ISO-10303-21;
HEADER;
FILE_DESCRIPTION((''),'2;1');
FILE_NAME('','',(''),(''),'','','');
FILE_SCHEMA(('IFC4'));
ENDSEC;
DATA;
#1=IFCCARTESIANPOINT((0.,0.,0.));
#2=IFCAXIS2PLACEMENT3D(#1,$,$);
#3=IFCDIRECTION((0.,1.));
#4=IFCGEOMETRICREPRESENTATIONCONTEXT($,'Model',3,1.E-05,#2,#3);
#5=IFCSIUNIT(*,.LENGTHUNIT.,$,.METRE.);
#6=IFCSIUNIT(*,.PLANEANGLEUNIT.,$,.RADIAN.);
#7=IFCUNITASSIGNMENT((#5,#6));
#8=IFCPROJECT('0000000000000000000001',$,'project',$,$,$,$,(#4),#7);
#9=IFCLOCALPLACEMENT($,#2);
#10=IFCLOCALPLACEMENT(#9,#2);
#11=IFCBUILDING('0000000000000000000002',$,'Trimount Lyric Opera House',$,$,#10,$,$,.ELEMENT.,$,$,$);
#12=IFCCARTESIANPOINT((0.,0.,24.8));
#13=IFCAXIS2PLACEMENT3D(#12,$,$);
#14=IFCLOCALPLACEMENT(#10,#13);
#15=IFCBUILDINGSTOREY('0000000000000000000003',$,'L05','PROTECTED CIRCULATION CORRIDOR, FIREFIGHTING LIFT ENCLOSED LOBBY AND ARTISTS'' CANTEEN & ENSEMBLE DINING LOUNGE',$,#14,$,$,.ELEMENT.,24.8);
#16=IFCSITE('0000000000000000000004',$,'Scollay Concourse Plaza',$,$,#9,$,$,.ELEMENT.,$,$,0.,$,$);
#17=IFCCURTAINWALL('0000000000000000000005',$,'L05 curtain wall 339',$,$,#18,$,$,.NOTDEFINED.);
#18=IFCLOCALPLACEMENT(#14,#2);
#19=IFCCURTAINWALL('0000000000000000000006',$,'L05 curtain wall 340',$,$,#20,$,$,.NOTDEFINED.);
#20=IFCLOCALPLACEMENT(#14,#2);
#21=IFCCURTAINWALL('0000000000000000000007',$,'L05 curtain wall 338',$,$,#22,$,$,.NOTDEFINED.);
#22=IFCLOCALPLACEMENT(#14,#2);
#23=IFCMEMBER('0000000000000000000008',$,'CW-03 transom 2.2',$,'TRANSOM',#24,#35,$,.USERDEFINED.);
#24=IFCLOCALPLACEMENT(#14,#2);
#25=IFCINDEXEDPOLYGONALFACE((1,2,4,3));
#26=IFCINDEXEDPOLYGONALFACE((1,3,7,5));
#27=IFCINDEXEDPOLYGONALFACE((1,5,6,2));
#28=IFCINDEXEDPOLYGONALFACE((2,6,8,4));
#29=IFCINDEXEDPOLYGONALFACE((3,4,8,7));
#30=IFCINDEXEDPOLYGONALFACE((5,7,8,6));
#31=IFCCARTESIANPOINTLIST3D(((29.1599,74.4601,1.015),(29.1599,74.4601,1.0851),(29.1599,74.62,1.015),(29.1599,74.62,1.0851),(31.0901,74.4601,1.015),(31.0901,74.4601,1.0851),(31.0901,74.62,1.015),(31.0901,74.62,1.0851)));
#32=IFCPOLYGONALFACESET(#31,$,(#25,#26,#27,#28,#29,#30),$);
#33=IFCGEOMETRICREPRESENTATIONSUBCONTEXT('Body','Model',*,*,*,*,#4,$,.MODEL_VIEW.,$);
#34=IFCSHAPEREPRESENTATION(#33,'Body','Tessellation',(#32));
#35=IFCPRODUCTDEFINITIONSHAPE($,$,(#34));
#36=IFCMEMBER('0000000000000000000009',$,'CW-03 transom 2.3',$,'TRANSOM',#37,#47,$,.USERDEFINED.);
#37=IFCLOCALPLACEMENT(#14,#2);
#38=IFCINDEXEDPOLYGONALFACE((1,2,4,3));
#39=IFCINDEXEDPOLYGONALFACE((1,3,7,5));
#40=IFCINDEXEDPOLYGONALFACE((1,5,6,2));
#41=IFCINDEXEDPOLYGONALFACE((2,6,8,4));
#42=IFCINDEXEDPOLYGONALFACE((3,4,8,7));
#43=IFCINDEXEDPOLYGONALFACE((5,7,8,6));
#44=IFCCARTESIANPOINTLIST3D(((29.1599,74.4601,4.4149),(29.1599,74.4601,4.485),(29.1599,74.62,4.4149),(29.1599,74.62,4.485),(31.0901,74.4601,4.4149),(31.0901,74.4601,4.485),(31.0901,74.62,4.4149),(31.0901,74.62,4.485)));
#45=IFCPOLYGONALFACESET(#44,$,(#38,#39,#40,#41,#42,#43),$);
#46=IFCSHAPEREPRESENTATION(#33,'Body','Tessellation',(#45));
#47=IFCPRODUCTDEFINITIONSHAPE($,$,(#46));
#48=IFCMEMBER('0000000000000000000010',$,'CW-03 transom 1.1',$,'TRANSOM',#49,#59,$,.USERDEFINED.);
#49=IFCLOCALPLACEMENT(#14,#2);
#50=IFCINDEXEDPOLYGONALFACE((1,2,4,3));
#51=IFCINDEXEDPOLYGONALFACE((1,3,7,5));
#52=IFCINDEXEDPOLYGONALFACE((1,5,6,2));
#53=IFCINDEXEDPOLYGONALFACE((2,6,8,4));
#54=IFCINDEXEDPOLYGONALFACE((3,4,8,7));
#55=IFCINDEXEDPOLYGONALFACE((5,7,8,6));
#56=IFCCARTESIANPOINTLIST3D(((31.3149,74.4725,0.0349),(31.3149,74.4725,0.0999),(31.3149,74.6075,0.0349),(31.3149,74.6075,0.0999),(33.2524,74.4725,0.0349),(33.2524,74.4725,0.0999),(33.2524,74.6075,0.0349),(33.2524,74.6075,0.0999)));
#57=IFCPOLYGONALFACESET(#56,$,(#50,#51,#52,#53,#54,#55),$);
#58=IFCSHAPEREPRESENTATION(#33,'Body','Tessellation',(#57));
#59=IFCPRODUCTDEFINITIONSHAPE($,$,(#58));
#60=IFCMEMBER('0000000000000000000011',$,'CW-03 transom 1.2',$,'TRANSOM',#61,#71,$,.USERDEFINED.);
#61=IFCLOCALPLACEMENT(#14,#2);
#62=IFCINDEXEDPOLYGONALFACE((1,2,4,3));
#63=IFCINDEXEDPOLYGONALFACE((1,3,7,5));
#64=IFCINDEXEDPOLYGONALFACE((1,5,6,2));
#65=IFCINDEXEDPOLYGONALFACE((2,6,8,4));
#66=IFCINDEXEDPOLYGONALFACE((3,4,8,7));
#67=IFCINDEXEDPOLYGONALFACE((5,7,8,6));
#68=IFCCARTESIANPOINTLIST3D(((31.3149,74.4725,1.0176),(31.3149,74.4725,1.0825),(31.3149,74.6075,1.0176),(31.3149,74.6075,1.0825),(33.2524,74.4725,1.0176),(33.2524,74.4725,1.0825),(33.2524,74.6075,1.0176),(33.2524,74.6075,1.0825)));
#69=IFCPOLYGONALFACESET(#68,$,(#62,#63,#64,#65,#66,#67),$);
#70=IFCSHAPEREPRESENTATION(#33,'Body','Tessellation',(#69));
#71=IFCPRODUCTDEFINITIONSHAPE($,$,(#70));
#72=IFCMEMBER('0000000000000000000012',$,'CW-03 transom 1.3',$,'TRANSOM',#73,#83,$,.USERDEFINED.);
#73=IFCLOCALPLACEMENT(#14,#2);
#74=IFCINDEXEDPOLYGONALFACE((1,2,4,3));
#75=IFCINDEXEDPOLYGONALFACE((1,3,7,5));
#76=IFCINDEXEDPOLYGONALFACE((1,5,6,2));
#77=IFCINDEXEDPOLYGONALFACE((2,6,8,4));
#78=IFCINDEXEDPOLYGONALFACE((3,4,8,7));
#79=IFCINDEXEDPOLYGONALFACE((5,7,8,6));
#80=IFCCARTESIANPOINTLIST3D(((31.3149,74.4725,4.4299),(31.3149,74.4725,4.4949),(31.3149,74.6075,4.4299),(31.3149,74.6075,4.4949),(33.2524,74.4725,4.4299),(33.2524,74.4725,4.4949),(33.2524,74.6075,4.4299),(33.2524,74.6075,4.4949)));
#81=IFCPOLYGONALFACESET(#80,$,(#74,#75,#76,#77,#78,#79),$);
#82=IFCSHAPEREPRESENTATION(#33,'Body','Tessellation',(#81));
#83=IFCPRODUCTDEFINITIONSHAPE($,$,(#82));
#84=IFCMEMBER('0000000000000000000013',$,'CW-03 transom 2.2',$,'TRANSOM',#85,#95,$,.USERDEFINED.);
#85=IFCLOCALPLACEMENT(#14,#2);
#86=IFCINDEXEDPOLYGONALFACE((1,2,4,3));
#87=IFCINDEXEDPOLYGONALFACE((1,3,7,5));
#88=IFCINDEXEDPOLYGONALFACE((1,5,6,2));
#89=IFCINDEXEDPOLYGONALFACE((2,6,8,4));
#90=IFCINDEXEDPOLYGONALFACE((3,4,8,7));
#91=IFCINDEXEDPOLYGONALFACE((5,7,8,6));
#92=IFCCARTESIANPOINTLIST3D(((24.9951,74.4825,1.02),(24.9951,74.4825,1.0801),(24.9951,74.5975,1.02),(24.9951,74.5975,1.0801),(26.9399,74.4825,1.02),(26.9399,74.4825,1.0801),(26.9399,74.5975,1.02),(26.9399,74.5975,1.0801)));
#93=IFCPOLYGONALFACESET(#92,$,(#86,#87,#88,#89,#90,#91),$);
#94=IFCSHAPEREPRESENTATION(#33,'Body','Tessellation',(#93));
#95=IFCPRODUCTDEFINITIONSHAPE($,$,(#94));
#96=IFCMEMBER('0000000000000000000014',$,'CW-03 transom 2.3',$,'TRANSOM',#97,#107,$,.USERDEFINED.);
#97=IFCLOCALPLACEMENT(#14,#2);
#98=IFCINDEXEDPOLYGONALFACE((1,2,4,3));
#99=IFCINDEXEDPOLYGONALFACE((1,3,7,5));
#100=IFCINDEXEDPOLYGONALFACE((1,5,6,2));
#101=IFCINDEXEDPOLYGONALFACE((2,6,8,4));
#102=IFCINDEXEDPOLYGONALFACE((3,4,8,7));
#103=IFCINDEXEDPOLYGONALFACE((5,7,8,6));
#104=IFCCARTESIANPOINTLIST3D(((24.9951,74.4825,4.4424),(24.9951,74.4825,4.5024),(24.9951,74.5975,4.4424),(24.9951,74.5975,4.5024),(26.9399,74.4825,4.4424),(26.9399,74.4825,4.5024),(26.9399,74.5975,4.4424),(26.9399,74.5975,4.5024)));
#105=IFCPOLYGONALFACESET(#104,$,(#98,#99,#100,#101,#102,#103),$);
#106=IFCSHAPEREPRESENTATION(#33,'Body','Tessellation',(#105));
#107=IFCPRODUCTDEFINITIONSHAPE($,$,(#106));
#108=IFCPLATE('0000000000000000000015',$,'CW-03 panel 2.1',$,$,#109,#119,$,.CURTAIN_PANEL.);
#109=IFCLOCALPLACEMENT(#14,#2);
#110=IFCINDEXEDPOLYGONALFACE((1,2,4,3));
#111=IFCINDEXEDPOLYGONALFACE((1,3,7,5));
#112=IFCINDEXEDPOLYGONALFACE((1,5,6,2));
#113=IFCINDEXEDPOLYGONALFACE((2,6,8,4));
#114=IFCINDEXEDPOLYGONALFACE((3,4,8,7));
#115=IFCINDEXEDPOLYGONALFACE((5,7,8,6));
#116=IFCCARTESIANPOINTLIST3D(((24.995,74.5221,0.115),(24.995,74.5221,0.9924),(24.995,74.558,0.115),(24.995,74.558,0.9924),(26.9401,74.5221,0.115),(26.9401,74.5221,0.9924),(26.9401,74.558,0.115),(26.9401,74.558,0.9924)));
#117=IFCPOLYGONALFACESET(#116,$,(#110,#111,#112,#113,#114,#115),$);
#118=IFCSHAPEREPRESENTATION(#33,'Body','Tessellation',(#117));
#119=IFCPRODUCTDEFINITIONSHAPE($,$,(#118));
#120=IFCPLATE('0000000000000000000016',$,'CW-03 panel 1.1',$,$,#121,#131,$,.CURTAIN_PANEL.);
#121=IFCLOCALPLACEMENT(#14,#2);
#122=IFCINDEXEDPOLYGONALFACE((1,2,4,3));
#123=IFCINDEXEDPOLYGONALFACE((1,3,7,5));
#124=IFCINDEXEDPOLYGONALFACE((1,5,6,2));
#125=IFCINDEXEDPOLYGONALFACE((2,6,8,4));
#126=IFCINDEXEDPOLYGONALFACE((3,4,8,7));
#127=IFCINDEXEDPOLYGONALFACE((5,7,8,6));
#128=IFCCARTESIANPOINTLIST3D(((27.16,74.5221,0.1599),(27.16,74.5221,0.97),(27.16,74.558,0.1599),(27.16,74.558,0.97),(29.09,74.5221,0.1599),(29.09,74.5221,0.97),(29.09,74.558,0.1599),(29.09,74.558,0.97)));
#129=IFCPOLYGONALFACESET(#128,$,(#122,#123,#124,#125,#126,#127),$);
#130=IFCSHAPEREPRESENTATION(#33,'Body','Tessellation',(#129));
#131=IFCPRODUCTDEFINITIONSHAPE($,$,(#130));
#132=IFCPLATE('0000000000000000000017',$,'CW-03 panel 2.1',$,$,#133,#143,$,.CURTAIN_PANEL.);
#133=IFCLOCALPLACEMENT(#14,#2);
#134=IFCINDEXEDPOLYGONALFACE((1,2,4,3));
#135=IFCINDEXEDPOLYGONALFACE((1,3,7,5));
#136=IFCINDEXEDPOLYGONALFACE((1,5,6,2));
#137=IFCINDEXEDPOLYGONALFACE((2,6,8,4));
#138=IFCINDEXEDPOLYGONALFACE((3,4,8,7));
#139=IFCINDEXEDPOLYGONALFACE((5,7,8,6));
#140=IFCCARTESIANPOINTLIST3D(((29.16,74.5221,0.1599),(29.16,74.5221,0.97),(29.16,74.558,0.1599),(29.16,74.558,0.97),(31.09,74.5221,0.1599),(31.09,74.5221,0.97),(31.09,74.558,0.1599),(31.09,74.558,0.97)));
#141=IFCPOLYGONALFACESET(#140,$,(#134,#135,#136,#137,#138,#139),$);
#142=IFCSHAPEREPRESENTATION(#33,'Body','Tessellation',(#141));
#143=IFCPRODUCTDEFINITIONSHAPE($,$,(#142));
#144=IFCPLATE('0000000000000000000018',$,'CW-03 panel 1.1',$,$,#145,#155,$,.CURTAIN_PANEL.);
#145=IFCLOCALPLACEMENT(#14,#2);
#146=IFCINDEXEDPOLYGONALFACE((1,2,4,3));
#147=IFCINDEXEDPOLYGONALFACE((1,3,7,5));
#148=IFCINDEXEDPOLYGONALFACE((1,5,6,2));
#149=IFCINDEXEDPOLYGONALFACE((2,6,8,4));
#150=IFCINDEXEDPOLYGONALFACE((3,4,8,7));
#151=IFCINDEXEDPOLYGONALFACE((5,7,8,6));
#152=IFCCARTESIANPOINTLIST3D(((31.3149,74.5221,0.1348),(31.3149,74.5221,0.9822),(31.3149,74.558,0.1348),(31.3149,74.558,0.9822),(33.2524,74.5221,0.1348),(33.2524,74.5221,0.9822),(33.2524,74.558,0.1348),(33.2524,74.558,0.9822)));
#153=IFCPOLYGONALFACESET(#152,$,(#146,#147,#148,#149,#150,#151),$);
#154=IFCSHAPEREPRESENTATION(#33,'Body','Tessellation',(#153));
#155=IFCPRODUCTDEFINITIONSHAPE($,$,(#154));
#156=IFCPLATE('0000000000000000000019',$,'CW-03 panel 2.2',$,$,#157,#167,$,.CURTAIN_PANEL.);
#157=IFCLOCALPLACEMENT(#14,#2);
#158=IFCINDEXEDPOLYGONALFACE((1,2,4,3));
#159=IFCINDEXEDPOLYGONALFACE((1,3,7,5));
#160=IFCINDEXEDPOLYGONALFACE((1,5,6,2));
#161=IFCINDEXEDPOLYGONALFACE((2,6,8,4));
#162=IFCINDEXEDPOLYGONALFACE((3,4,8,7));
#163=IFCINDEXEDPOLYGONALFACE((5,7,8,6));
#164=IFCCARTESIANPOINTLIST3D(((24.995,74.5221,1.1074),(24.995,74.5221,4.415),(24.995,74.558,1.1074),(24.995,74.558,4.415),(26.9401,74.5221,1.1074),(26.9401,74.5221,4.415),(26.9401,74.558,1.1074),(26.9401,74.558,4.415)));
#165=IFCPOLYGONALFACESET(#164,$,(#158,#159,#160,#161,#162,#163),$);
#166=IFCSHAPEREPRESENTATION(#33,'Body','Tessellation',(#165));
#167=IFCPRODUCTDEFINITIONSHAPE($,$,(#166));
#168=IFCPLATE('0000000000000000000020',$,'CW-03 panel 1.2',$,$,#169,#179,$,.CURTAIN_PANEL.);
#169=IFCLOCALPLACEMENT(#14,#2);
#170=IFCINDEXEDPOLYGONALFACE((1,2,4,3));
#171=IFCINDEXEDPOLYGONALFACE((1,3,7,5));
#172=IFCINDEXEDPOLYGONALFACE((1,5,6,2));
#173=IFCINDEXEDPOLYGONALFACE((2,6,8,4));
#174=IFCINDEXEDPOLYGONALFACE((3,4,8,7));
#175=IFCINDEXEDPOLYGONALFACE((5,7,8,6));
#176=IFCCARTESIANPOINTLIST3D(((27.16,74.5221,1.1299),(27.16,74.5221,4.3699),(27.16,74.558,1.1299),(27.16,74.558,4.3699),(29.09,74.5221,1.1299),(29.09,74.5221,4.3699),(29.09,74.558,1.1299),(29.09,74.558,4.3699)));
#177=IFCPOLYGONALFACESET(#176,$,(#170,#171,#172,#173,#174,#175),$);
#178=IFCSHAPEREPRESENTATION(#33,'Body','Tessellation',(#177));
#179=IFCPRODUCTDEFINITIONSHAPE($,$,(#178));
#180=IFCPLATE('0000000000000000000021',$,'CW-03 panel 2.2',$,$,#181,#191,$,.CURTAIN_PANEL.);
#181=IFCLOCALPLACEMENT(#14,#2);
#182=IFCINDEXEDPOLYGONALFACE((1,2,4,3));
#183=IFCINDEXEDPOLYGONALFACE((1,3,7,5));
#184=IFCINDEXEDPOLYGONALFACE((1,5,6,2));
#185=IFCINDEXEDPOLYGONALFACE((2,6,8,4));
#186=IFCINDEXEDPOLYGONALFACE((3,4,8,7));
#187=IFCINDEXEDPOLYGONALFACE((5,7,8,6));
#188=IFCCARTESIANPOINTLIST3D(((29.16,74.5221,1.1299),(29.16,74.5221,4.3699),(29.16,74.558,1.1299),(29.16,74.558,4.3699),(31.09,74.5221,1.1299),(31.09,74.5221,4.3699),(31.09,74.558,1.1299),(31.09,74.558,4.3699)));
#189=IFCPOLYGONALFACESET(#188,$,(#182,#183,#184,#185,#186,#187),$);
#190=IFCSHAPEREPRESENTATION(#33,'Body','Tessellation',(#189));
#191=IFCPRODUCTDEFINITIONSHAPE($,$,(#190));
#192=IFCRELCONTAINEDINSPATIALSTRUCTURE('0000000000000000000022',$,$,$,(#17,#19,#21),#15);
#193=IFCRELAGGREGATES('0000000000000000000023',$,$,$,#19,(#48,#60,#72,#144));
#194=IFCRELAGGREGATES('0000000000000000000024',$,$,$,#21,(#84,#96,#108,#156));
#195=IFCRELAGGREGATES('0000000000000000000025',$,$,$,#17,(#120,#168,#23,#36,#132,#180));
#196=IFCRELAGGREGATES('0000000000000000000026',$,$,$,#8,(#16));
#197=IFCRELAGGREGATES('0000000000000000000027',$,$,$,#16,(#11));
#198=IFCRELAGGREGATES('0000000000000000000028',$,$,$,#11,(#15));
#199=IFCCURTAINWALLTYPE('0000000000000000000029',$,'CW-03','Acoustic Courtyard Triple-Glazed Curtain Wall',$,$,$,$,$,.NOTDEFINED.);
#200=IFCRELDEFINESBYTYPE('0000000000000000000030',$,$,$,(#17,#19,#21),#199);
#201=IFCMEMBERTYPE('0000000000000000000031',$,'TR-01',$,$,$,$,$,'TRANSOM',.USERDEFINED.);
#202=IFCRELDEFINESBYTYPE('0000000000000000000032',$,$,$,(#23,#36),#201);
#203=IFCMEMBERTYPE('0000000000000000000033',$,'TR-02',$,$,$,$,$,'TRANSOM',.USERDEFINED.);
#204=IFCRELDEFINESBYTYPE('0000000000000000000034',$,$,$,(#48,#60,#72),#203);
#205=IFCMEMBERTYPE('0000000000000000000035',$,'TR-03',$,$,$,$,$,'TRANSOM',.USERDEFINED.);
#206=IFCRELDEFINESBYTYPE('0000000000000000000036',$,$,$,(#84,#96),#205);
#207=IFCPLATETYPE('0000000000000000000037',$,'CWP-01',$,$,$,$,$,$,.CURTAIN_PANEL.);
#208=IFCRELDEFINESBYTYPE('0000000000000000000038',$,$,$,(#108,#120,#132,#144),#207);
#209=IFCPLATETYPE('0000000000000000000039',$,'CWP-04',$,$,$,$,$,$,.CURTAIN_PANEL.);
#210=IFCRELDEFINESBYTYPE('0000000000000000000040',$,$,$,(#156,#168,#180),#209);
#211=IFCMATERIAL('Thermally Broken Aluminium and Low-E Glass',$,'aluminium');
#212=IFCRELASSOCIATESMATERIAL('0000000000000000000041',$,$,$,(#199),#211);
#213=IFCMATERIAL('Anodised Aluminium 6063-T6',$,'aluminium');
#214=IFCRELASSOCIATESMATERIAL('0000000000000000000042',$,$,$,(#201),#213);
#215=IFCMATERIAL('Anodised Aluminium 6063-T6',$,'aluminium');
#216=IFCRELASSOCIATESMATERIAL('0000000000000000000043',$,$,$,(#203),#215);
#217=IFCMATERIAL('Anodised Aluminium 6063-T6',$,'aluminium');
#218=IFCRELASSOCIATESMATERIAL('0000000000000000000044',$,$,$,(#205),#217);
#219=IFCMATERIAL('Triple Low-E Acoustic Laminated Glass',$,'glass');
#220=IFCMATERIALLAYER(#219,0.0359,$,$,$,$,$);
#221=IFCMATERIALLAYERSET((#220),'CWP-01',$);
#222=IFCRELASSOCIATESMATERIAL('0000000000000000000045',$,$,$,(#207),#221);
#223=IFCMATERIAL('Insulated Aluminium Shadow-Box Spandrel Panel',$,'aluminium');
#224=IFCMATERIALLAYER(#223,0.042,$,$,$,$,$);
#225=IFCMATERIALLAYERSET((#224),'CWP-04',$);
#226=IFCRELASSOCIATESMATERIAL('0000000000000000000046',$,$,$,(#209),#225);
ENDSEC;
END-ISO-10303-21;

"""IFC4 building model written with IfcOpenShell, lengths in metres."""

from ifc_helpers import new_model, si_unit, direction, frame, origin, origin_2d, place, context, subcontext, project, spatial, rectangle, extrude, material, layer, layer_set, material_profile, profile_set, type_object, element, aggregate, save


model = new_model("IFC4")

# Units and contexts
model_context = context("Model", 3, precision=1e-05, world=origin(), true_north=direction((0.0, 1.0)))
body_context = subcontext(model_context, "Body", "Model", "MODEL_VIEW")
ifc_project = project(units=[si_unit("LENGTHUNIT", "METRE"), si_unit("PLANEANGLEUNIT", "RADIAN")], contexts=[model_context])

# Site, building, storey
site_placement = place(None, origin())
site = spatial("IfcSite", under=ifc_project, at=site_placement, Name="Scollay Concourse Plaza", CompositionType="ELEMENT", RefElevation=0.0)
building_placement = place(site_placement, origin())
building = spatial("IfcBuilding", under=site, at=building_placement, Name="Trimount Lyric Opera House", CompositionType="ELEMENT")
storey_placement = place(building_placement, frame((0.0, 0.0, 24.8)))
storey = spatial("IfcBuildingStorey", under=building, at=storey_placement, Name="L05", Description="PROTECTED CIRCULATION CORRIDOR, FIREFIGHTING LIFT ENCLOSED LOBBY AND ARTISTS' CANTEEN & ENSEMBLE DINING LOUNGE", CompositionType="ELEMENT", Elevation=24.8)

# Curtain wall
ifc_material_1 = material(Name="Thermally Broken Aluminium and Low-E Glass", Category="aluminium")
curtain_wall_type = type_object("IfcCurtainWallType", Name="CW-03", Description="Acoustic Courtyard Triple-Glazed Curtain Wall", PredefinedType="NOTDEFINED", material=ifc_material_1)
curtain_wall_1_placement = place(storey_placement, origin())
curtain_wall_1 = element("IfcCurtainWall", 1, at=curtain_wall_1_placement, inside=storey, type_object=curtain_wall_type, Name="L05 curtain wall 339", PredefinedType="NOTDEFINED")

# Curtain walls
curtain_wall_2_placement = place(storey_placement, origin())
curtain_wall_2 = element("IfcCurtainWall", 2, at=curtain_wall_2_placement, inside=storey, type_object=curtain_wall_type, Name="L05 curtain wall 340", PredefinedType="NOTDEFINED")
curtain_wall_3_placement = place(storey_placement, origin())
curtain_wall_3 = element("IfcCurtainWall", 3, at=curtain_wall_3_placement, inside=storey, type_object=curtain_wall_type, Name="L05 curtain wall 338", PredefinedType="NOTDEFINED")

# Members
ifc_material_2 = material(Name="Anodised Aluminium 6063-T6", Category="aluminium")
ifc_material_profile_1 = material_profile(ifc_material_2, rectangle(XDim=0.1599, YDim=0.0701, at=origin_2d()), Name="ALU-TRAN-70X160")
ifc_profile_set_1 = profile_set([ifc_material_profile_1], Name="Anodised Aluminium 6063-T6")
member_type_1 = type_object("IfcMemberType", Name="TR-01", ElementType="TRANSOM", PredefinedType="USERDEFINED", material=ifc_profile_set_1)
member_1_placement = place(storey_placement, frame((29.1599, 74.54, 1.05), z_axis=(1.0, 0.0, 0.0), x_axis=(0.0, 1.0, 0.0)))
member_1 = element("IfcMember", 4, at=member_1_placement, type_object=member_type_1, Name="CW-03 transom 2.2", ObjectType="TRANSOM", PredefinedType="USERDEFINED", context=body_context, shape_type="SweptSolid", body=[
    extrude(rectangle(XDim=0.1599, YDim=0.0701, at=origin_2d()), origin(), (0.0, 0.0, 1.0), 1.9302),
])
member_2_placement = place(storey_placement, frame((29.1599, 74.54, 4.45), z_axis=(1.0, 0.0, 0.0), x_axis=(0.0, 1.0, 0.0)))
member_2 = element("IfcMember", 5, at=member_2_placement, type_object=member_type_1, Name="CW-03 transom 2.3", ObjectType="TRANSOM", PredefinedType="USERDEFINED", context=body_context, shape_type="SweptSolid", body=[
    extrude(rectangle(XDim=0.1599, YDim=0.0701, at=origin_2d()), origin(), (0.0, 0.0, 1.0), 1.9302),
])
ifc_material_3 = material(Name="Anodised Aluminium 6063-T6", Category="aluminium")
ifc_material_profile_2 = material_profile(ifc_material_3, rectangle(XDim=0.135, YDim=0.0649, at=origin_2d()), Name="ALU-TRAN-65X135")
ifc_profile_set_2 = profile_set([ifc_material_profile_2], Name="Anodised Aluminium 6063-T6")
member_type_2 = type_object("IfcMemberType", Name="TR-02", ElementType="TRANSOM", PredefinedType="USERDEFINED", material=ifc_profile_set_2)
member_3_placement = place(storey_placement, frame((31.3149, 74.54, 0.0674), z_axis=(1.0, 0.0, 0.0), x_axis=(0.0, 1.0, 0.0)))
member_3 = element("IfcMember", 6, at=member_3_placement, type_object=member_type_2, Name="CW-03 transom 1.1", ObjectType="TRANSOM", PredefinedType="USERDEFINED", context=body_context, shape_type="SweptSolid", body=[
    extrude(rectangle(XDim=0.135, YDim=0.0649, at=origin_2d()), origin(), (0.0, 0.0, 1.0), 1.9375),
])
member_4_placement = place(storey_placement, frame((31.3149, 74.54, 1.05), z_axis=(1.0, 0.0, 0.0), x_axis=(0.0, 1.0, 0.0)))
member_4 = element("IfcMember", 7, at=member_4_placement, type_object=member_type_2, Name="CW-03 transom 1.2", ObjectType="TRANSOM", PredefinedType="USERDEFINED", context=body_context, shape_type="SweptSolid", body=[
    extrude(rectangle(XDim=0.135, YDim=0.0649, at=origin_2d()), origin(), (0.0, 0.0, 1.0), 1.9375),
])
member_5_placement = place(storey_placement, frame((31.3149, 74.54, 4.4624), z_axis=(1.0, 0.0, 0.0), x_axis=(0.0, 1.0, 0.0)))
member_5 = element("IfcMember", 8, at=member_5_placement, type_object=member_type_2, Name="CW-03 transom 1.3", ObjectType="TRANSOM", PredefinedType="USERDEFINED", context=body_context, shape_type="SweptSolid", body=[
    extrude(rectangle(XDim=0.135, YDim=0.0649, at=origin_2d()), origin(), (0.0, 0.0, 1.0), 1.9375),
])
ifc_material_4 = material(Name="Anodised Aluminium 6063-T6", Category="aluminium")
ifc_material_profile_3 = material_profile(ifc_material_4, rectangle(XDim=0.115, YDim=0.0601, at=origin_2d()), Name="ALU-TRAN-60X115")
ifc_profile_set_3 = profile_set([ifc_material_profile_3], Name="Anodised Aluminium 6063-T6")
member_type_3 = type_object("IfcMemberType", Name="TR-03", ElementType="TRANSOM", PredefinedType="USERDEFINED", material=ifc_profile_set_3)
member_6_placement = place(storey_placement, frame((24.9951, 74.54, 1.05), z_axis=(1.0, 0.0, 0.0), x_axis=(0.0, 1.0, 0.0)))
member_6 = element("IfcMember", 9, at=member_6_placement, type_object=member_type_3, Name="CW-03 transom 2.2", ObjectType="TRANSOM", PredefinedType="USERDEFINED", context=body_context, shape_type="SweptSolid", body=[
    extrude(rectangle(XDim=0.115, YDim=0.0601, at=origin_2d()), origin(), (0.0, 0.0, 1.0), 1.9448),
])
member_7_placement = place(storey_placement, frame((24.9951, 74.54, 4.4724), z_axis=(1.0, 0.0, 0.0), x_axis=(0.0, 1.0, 0.0)))
member_7 = element("IfcMember", 10, at=member_7_placement, type_object=member_type_3, Name="CW-03 transom 2.3", ObjectType="TRANSOM", PredefinedType="USERDEFINED", context=body_context, shape_type="SweptSolid", body=[
    extrude(rectangle(XDim=0.115, YDim=0.0601, at=origin_2d()), origin(), (0.0, 0.0, 1.0), 1.9448),
])

# Plates
ifc_material_5 = material(Name="Triple Low-E Acoustic Laminated Glass", Category="glass")
ifc_layer_1 = layer(ifc_material_5, 0.0359)
ifc_layer_set_1 = layer_set([ifc_layer_1], Name="CWP-01")
plate_type_1 = type_object("IfcPlateType", Name="CWP-01", PredefinedType="CURTAIN_PANEL", material=ifc_layer_set_1)
plate_1_placement = place(storey_placement, frame((25.9675, 74.54, 0.115), z_axis=(0.0, 0.0, 1.0), x_axis=(1.0, 0.0, 0.0)))
plate_1 = element("IfcPlate", 11, at=plate_1_placement, type_object=plate_type_1, Name="CW-03 panel 2.1", PredefinedType="CURTAIN_PANEL", context=body_context, shape_type="SweptSolid", body=[
    extrude(rectangle(XDim=1.9451, YDim=0.0359, at=origin_2d()), origin(), (0.0, 0.0, 1.0), 0.8774),
])
plate_2_placement = place(storey_placement, frame((28.125, 74.54, 0.1599), z_axis=(0.0, 0.0, 1.0), x_axis=(1.0, 0.0, 0.0)))
plate_2 = element("IfcPlate", 12, at=plate_2_placement, type_object=plate_type_1, Name="CW-03 panel 1.1", PredefinedType="CURTAIN_PANEL", context=body_context, shape_type="SweptSolid", body=[
    extrude(rectangle(XDim=1.9299, YDim=0.0359, at=origin_2d()), origin(), (0.0, 0.0, 1.0), 0.8101),
])
plate_3_placement = place(storey_placement, frame((30.125, 74.54, 0.1599), z_axis=(0.0, 0.0, 1.0), x_axis=(1.0, 0.0, 0.0)))
plate_3 = element("IfcPlate", 13, at=plate_3_placement, type_object=plate_type_1, Name="CW-03 panel 2.1", PredefinedType="CURTAIN_PANEL", context=body_context, shape_type="SweptSolid", body=[
    extrude(rectangle(XDim=1.9299, YDim=0.0359, at=origin_2d()), origin(), (0.0, 0.0, 1.0), 0.8101),
])
plate_4_placement = place(storey_placement, frame((32.2837, 74.54, 0.1348), z_axis=(0.0, 0.0, 1.0), x_axis=(1.0, 0.0, 0.0)))
plate_4 = element("IfcPlate", 14, at=plate_4_placement, type_object=plate_type_1, Name="CW-03 panel 1.1", PredefinedType="CURTAIN_PANEL", context=body_context, shape_type="SweptSolid", body=[
    extrude(rectangle(XDim=1.9375, YDim=0.0359, at=origin_2d()), origin(), (0.0, 0.0, 1.0), 0.8474),
])
aggregate(curtain_wall_2, [member_3, member_4, member_5, plate_4])
ifc_material_6 = material(Name="Insulated Aluminium Shadow-Box Spandrel Panel", Category="aluminium")
ifc_layer_2 = layer(ifc_material_6, 0.042)
ifc_layer_set_2 = layer_set([ifc_layer_2], Name="CWP-04")
plate_type_2 = type_object("IfcPlateType", Name="CWP-04", PredefinedType="CURTAIN_PANEL", material=ifc_layer_set_2)
plate_5_placement = place(storey_placement, frame((25.9675, 74.54, 1.1074), z_axis=(0.0, 0.0, 1.0), x_axis=(1.0, 0.0, 0.0)))
plate_5 = element("IfcPlate", 15, at=plate_5_placement, type_object=plate_type_2, Name="CW-03 panel 2.2", PredefinedType="CURTAIN_PANEL", context=body_context, shape_type="SweptSolid", body=[
    extrude(rectangle(XDim=1.9451, YDim=0.0359, at=origin_2d()), origin(), (0.0, 0.0, 1.0), 3.3076),
])
aggregate(curtain_wall_3, [member_6, member_7, plate_1, plate_5])
plate_6_placement = place(storey_placement, frame((28.125, 74.54, 1.1299), z_axis=(0.0, 0.0, 1.0), x_axis=(1.0, 0.0, 0.0)))
plate_6 = element("IfcPlate", 16, at=plate_6_placement, type_object=plate_type_2, Name="CW-03 panel 1.2", PredefinedType="CURTAIN_PANEL", context=body_context, shape_type="SweptSolid", body=[
    extrude(rectangle(XDim=1.9299, YDim=0.0359, at=origin_2d()), origin(), (0.0, 0.0, 1.0), 3.24),
])
plate_7_placement = place(storey_placement, frame((30.125, 74.54, 1.1299), z_axis=(0.0, 0.0, 1.0), x_axis=(1.0, 0.0, 0.0)))
plate_7 = element("IfcPlate", 17, at=plate_7_placement, type_object=plate_type_2, Name="CW-03 panel 2.2", PredefinedType="CURTAIN_PANEL", context=body_context, shape_type="SweptSolid", body=[
    extrude(rectangle(XDim=1.9299, YDim=0.0359, at=origin_2d()), origin(), (0.0, 0.0, 1.0), 3.24),
])
aggregate(curtain_wall_1, [plate_2, plate_6, member_1, member_2, plate_3, plate_7])

save(model, "model.ifc")
